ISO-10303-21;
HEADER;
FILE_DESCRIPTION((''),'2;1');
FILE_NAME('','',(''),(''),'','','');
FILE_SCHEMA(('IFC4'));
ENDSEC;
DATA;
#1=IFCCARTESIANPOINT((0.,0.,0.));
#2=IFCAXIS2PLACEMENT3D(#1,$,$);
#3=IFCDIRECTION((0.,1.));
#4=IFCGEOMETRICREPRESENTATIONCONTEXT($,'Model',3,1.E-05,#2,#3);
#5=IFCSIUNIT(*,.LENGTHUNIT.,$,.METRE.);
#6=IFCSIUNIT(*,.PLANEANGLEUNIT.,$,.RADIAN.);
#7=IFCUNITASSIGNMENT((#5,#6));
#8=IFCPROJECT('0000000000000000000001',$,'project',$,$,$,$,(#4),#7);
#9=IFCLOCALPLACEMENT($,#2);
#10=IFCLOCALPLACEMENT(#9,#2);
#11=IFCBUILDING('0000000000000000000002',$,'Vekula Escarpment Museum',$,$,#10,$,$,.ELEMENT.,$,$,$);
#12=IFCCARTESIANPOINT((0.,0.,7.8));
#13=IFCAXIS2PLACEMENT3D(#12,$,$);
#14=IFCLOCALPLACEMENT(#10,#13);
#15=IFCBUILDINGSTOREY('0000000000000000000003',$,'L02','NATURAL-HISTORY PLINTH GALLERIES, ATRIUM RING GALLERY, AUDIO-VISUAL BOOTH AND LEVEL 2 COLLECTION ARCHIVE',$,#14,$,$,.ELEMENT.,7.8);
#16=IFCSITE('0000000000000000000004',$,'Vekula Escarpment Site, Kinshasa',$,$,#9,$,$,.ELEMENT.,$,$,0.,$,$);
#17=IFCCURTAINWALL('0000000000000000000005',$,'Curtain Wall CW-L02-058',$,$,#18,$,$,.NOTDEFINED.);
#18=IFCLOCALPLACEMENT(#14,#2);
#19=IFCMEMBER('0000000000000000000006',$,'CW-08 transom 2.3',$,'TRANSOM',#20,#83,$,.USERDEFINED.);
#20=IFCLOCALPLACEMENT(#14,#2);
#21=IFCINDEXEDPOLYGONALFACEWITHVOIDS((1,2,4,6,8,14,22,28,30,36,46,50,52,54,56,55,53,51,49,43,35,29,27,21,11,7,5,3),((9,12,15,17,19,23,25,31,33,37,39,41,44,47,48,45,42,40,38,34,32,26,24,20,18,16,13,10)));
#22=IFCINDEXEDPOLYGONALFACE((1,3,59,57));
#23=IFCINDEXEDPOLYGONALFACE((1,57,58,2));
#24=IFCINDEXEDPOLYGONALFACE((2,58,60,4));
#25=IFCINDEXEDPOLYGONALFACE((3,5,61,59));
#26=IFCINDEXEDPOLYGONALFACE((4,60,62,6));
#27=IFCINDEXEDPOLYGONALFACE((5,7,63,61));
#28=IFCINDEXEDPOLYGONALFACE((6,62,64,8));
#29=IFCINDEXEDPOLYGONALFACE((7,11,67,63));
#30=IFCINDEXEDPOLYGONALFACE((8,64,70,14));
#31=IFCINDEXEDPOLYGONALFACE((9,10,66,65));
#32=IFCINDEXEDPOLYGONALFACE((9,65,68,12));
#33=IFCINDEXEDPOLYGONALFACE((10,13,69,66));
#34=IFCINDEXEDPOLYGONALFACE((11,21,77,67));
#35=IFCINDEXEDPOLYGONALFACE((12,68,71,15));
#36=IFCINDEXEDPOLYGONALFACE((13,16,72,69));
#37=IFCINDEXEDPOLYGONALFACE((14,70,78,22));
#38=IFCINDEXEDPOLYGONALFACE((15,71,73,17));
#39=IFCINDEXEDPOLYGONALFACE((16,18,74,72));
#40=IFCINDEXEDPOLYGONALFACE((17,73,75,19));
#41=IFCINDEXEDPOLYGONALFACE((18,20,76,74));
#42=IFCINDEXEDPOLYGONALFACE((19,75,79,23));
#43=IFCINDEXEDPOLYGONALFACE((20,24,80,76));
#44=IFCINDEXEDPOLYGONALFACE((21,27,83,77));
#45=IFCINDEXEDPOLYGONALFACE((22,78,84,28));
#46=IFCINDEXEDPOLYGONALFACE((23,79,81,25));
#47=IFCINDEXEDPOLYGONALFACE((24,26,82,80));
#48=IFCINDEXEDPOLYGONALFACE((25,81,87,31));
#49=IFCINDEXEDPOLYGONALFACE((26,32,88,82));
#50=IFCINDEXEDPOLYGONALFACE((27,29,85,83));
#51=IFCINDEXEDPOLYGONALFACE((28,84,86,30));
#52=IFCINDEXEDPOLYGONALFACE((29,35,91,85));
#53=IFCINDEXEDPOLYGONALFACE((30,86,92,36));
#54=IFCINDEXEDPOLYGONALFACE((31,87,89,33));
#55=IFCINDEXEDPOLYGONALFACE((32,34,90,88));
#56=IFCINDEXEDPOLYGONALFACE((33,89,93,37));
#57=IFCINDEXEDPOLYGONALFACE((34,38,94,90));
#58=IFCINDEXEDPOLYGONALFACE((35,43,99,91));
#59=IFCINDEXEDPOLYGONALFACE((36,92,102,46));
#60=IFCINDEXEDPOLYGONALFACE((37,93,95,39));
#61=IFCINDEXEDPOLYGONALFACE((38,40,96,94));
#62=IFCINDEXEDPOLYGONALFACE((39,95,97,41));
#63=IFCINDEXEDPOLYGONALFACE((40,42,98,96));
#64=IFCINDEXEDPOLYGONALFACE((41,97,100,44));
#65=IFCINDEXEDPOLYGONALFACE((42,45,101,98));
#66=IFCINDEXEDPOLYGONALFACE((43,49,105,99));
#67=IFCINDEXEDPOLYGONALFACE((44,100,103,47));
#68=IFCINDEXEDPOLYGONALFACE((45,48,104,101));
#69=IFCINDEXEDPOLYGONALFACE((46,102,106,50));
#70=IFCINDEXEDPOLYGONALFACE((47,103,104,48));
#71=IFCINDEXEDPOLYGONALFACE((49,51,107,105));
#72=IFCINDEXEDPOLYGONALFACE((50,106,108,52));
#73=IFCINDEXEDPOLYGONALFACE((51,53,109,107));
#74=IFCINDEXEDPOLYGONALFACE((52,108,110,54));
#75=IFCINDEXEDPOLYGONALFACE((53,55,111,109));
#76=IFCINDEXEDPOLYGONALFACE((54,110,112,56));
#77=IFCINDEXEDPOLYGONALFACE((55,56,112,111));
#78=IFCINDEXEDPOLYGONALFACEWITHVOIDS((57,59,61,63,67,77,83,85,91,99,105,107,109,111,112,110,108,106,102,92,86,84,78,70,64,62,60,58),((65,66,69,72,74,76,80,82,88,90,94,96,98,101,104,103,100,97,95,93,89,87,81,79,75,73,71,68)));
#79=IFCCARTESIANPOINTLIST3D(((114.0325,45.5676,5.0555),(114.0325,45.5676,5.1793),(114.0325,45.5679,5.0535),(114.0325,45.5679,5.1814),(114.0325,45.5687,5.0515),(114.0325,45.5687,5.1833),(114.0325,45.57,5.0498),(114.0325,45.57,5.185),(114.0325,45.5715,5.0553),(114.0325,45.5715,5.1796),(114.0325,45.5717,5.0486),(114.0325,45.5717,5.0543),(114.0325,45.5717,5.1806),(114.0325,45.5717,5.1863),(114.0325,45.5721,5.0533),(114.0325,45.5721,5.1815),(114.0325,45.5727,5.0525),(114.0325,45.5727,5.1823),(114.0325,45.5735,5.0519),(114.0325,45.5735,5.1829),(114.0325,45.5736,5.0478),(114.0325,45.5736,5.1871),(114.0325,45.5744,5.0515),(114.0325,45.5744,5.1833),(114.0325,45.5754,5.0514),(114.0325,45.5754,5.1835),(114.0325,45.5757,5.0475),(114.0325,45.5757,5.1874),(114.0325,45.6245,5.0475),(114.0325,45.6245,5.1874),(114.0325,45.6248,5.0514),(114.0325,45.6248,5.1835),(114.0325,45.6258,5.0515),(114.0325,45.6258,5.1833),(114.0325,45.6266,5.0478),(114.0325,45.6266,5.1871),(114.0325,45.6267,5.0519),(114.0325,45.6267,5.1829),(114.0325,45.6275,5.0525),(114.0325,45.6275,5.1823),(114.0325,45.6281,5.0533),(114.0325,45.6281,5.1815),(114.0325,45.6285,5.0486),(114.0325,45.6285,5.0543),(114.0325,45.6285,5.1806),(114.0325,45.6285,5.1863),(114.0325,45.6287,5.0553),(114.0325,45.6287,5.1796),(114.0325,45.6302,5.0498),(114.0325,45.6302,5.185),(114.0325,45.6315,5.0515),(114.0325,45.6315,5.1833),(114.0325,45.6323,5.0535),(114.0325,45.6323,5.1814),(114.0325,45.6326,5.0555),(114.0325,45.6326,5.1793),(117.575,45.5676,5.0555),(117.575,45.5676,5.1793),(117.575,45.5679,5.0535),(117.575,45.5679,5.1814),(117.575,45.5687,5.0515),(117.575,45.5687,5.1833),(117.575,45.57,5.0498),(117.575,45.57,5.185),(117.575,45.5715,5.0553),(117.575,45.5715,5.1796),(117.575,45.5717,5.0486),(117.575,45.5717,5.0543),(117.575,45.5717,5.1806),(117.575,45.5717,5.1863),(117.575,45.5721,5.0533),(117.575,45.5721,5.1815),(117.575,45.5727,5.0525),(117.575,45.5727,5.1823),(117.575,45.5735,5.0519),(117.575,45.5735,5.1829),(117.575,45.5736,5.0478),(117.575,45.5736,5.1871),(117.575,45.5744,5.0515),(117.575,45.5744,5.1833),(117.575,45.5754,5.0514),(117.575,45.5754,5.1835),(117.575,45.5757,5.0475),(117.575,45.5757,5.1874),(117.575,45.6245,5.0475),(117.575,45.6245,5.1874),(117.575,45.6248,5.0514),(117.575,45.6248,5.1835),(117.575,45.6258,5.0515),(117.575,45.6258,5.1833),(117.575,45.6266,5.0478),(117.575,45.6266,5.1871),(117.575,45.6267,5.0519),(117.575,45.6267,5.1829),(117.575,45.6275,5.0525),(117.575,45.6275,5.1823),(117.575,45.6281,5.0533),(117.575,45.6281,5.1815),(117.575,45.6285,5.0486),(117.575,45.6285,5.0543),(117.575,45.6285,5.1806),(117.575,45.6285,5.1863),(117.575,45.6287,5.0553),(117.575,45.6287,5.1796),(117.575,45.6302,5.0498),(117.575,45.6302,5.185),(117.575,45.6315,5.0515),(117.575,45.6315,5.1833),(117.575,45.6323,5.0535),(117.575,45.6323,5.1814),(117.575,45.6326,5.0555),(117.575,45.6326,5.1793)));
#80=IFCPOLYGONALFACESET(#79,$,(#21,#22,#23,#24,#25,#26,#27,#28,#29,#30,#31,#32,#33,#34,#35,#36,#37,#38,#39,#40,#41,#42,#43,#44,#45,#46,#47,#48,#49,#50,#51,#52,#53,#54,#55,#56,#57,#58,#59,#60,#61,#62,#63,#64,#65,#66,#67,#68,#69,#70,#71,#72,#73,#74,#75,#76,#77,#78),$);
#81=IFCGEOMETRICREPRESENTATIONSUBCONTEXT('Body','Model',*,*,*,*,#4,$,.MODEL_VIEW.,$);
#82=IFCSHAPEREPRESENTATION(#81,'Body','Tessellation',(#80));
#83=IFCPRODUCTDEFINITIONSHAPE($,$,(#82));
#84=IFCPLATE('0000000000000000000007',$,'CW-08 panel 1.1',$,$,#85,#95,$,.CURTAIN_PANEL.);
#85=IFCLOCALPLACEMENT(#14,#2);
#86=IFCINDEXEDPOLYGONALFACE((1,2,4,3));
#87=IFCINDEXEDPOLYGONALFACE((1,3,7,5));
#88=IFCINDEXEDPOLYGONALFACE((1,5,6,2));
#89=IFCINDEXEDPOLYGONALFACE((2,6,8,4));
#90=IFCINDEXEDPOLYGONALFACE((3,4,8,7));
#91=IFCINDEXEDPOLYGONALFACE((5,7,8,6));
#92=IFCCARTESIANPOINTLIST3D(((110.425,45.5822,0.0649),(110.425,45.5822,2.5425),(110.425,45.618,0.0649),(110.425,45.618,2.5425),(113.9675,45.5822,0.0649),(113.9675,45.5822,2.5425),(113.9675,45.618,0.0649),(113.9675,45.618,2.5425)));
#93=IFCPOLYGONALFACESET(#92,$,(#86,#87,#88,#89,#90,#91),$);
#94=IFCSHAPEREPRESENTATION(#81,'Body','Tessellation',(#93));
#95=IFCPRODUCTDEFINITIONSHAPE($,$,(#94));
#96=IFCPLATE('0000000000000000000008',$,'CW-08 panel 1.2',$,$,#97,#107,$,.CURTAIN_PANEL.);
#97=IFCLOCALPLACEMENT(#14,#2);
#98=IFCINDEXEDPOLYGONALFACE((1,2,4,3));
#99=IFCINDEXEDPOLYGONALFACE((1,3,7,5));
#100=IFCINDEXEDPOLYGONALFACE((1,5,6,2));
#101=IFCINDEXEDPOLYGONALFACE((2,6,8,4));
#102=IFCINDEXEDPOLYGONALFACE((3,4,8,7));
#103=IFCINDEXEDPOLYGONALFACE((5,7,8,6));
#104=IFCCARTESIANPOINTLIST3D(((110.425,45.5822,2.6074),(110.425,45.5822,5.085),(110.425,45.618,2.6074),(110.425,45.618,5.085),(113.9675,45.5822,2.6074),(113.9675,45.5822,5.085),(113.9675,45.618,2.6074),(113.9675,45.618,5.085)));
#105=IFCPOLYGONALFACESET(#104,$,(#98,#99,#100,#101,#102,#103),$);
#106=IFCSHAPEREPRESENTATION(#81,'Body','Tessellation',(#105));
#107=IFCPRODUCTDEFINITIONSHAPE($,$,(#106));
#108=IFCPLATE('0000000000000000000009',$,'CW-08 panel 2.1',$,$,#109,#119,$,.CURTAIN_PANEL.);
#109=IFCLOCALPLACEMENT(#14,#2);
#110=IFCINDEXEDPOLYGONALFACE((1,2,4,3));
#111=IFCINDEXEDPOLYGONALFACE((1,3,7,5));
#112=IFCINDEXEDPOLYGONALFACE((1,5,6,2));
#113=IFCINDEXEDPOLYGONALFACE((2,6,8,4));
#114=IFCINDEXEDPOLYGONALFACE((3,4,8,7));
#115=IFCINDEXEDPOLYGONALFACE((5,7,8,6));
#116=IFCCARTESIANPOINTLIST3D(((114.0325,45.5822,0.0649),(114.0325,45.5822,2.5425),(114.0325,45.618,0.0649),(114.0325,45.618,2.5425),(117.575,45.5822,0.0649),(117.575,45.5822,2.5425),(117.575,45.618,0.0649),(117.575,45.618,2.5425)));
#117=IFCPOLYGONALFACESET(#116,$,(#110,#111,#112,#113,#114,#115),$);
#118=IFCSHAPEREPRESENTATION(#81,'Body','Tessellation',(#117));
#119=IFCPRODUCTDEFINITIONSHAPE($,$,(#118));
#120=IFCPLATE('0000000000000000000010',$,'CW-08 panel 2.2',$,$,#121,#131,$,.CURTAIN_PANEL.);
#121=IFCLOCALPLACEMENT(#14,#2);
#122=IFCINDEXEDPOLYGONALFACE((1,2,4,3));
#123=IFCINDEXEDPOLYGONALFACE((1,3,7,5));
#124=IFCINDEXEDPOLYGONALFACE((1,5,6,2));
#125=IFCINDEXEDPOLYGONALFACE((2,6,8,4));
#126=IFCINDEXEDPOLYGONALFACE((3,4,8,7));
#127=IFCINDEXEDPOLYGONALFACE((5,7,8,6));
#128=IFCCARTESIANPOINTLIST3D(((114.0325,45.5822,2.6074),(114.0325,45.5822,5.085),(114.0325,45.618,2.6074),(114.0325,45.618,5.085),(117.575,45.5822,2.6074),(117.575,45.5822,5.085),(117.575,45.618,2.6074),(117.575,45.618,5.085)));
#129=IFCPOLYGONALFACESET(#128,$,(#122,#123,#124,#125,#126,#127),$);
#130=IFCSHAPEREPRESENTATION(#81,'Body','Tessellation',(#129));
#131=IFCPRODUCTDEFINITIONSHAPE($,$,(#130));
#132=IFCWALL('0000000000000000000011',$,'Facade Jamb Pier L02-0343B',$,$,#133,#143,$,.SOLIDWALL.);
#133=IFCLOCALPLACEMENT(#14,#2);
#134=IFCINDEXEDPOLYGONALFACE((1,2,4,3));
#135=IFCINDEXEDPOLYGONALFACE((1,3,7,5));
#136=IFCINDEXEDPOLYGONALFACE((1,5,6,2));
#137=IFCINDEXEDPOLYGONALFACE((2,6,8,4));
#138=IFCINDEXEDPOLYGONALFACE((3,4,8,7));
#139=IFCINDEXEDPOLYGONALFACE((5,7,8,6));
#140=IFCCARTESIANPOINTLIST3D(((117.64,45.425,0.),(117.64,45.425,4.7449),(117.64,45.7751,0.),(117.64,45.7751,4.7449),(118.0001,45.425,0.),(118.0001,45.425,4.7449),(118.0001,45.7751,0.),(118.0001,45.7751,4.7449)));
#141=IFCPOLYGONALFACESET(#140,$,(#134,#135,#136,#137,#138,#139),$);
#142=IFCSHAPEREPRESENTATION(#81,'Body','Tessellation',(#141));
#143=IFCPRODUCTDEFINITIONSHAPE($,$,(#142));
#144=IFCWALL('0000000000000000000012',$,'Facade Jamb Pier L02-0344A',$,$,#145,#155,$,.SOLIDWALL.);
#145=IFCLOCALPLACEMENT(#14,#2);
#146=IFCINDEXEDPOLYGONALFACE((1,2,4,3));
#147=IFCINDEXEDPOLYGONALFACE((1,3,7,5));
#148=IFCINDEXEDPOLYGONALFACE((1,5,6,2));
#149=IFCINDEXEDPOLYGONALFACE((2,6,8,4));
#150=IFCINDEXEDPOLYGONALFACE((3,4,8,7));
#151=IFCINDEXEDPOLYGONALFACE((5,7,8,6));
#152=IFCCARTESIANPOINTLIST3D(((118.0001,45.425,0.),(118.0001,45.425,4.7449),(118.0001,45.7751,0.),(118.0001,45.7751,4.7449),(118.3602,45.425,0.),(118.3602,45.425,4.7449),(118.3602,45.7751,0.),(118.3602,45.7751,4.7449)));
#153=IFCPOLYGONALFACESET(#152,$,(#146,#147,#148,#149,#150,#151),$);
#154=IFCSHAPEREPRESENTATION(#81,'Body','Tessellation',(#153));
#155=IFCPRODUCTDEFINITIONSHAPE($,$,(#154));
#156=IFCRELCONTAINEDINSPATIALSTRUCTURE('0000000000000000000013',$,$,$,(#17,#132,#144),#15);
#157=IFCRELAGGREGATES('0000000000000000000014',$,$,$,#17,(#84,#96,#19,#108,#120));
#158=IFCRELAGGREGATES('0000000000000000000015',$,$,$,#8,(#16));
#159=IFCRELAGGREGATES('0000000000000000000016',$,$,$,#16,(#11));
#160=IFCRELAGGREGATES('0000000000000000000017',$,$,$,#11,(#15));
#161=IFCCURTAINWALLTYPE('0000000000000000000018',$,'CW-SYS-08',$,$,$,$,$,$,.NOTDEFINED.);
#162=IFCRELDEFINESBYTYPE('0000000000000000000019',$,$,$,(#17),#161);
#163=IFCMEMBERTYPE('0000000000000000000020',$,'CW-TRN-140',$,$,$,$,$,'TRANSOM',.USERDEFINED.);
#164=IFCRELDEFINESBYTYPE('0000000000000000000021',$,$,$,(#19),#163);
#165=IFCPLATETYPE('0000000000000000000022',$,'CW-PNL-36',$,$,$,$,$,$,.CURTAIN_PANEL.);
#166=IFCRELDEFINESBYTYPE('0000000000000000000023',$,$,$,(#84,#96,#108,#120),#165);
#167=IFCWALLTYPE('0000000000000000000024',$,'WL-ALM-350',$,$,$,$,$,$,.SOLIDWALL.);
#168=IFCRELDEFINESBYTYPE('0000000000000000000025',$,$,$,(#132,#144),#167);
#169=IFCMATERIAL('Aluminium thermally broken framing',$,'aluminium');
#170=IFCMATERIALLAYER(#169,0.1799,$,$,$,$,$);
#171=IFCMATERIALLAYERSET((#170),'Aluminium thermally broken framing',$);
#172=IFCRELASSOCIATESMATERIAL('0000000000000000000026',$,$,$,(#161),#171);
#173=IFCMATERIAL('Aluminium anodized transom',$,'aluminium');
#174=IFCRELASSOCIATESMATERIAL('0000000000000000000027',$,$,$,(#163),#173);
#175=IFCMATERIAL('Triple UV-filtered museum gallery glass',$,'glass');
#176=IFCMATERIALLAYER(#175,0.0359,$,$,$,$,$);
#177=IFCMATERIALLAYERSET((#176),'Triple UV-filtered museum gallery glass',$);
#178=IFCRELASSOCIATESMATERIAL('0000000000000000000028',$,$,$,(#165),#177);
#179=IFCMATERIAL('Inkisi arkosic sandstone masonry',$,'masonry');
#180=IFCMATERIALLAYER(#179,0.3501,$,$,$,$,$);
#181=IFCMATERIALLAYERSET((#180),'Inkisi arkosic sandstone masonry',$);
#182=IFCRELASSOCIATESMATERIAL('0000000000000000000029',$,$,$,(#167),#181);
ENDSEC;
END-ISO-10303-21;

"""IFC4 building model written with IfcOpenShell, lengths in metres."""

from ifc_helpers import new_model, si_unit, direction, frame, frame_2d, origin, origin_2d, place, context, subcontext, project, spatial, rectangle, hollow_rectangle, extrude, material, layer, layer_set, material_profile, profile_set, type_object, element, aggregate, save


model = new_model("IFC4")

# Units and contexts
model_context = context("Model", 3, precision=1e-05, world=origin(), true_north=direction((0.0, 1.0)))
body_context = subcontext(model_context, "Body", "Model", "MODEL_VIEW")
ifc_project = project(units=[si_unit("LENGTHUNIT", "METRE"), si_unit("PLANEANGLEUNIT", "RADIAN")], contexts=[model_context])

# Site, building, storey
site_placement = place(None, origin())
site = spatial("IfcSite", under=ifc_project, at=site_placement, Name="Vekula Escarpment Site, Kinshasa", CompositionType="ELEMENT", RefElevation=0.0)
building_placement = place(site_placement, origin())
building = spatial("IfcBuilding", under=site, at=building_placement, Name="Vekula Escarpment Museum", CompositionType="ELEMENT")
storey_placement = place(building_placement, frame((0.0, 0.0, 7.8)))
storey = spatial("IfcBuildingStorey", under=building, at=storey_placement, Name="L02", Description="NATURAL-HISTORY PLINTH GALLERIES, ATRIUM RING GALLERY, AUDIO-VISUAL BOOTH AND LEVEL 2 COLLECTION ARCHIVE", CompositionType="ELEMENT", Elevation=7.8)

# Curtain wall, member, plates
ifc_material_1 = material(Name="Aluminium thermally broken framing", Category="aluminium")
ifc_layer_1 = layer(ifc_material_1, 0.1799)
ifc_layer_set_1 = layer_set([ifc_layer_1], Name="Aluminium thermally broken framing")
curtain_wall_type = type_object("IfcCurtainWallType", Name="CW-SYS-08", PredefinedType="NOTDEFINED", material=ifc_layer_set_1)
curtain_wall_placement = place(storey_placement, origin())
curtain_wall = element("IfcCurtainWall", 1, at=curtain_wall_placement, inside=storey, type_object=curtain_wall_type, Name="Curtain Wall CW-L02-058", PredefinedType="NOTDEFINED")
ifc_material_2 = material(Name="Aluminium anodized transom", Category="aluminium")
ifc_material_profile_1 = material_profile(ifc_material_2, hollow_rectangle(XDim=0.0649, YDim=0.1399, WallThickness=0.0039, InnerFilletRadius=0.0039, OuterFilletRadius=0.0081, at=origin_2d()), Name="ALU 140x65x4")
ifc_profile_set_1 = profile_set([ifc_material_profile_1], Name="Aluminium anodized transom")
member_type_1 = type_object("IfcMemberType", Name="CW-TRN-140", ElementType="TRANSOM", PredefinedType="USERDEFINED", material=ifc_profile_set_1)
member_1_placement = place(storey_placement, frame((114.0325, 45.6001, 5.1174), z_axis=(1.0, 0.0, 0.0), x_axis=(0.0, 1.0, 0.0)))
member_1 = element("IfcMember", 2, at=member_1_placement, type_object=member_type_1, Name="CW-08 transom 2.3", ObjectType="TRANSOM", PredefinedType="USERDEFINED", context=body_context, shape_type="SweptSolid", body=[
    extrude(hollow_rectangle(XDim=0.0649, YDim=0.1399, WallThickness=0.0039, InnerFilletRadius=0.0039, OuterFilletRadius=0.0081, at=origin_2d()), origin(), (0.0, 0.0, 1.0), 3.5425),
])
ifc_material_3 = material(Name="Triple UV-filtered museum gallery glass", Category="glass")
ifc_layer_2 = layer(ifc_material_3, 0.0359)
ifc_layer_set_2 = layer_set([ifc_layer_2], Name="Triple UV-filtered museum gallery glass")
plate_type = type_object("IfcPlateType", Name="CW-PNL-36", PredefinedType="CURTAIN_PANEL", material=ifc_layer_set_2)
plate_1_placement = place(storey_placement, frame((112.1963, 45.6001, 0.0649), z_axis=(0.0, 0.0, 1.0), x_axis=(1.0, 0.0, 0.0)))
plate_1 = element("IfcPlate", 3, at=plate_1_placement, type_object=plate_type, Name="CW-08 panel 1.1", PredefinedType="CURTAIN_PANEL", context=body_context, shape_type="SweptSolid", body=[
    extrude(rectangle(XDim=3.5425, YDim=0.0359, at=origin_2d()), origin(), (0.0, 0.0, 1.0), 2.4775),
])
plate_2_placement = place(storey_placement, frame((112.1963, 45.6001, 2.6074), z_axis=(0.0, 0.0, 1.0), x_axis=(1.0, 0.0, 0.0)))
plate_2 = element("IfcPlate", 4, at=plate_2_placement, type_object=plate_type, Name="CW-08 panel 1.2", PredefinedType="CURTAIN_PANEL", context=body_context, shape_type="SweptSolid", body=[
    extrude(rectangle(XDim=3.5425, YDim=0.0359, at=origin_2d()), origin(), (0.0, 0.0, 1.0), 2.4775),
])
plate_3_placement = place(storey_placement, frame((115.8037, 45.6001, 0.0649), z_axis=(0.0, 0.0, 1.0), x_axis=(1.0, 0.0, 0.0)))
plate_3 = element("IfcPlate", 5, at=plate_3_placement, type_object=plate_type, Name="CW-08 panel 2.1", PredefinedType="CURTAIN_PANEL", context=body_context, shape_type="SweptSolid", body=[
    extrude(rectangle(XDim=3.5425, YDim=0.0359, at=origin_2d()), origin(), (0.0, 0.0, 1.0), 2.4775),
])
plate_4_placement = place(storey_placement, frame((115.8037, 45.6001, 2.6074), z_axis=(0.0, 0.0, 1.0), x_axis=(1.0, 0.0, 0.0)))
plate_4 = element("IfcPlate", 6, at=plate_4_placement, type_object=plate_type, Name="CW-08 panel 2.2", PredefinedType="CURTAIN_PANEL", context=body_context, shape_type="SweptSolid", body=[
    extrude(rectangle(XDim=3.5425, YDim=0.0359, at=origin_2d()), origin(), (0.0, 0.0, 1.0), 2.4775),
])
aggregate(curtain_wall, [plate_1, plate_2, member_1, plate_3, plate_4])

# Walls
ifc_material_4 = material(Name="Inkisi arkosic sandstone masonry", Category="masonry")
ifc_layer_3 = layer(ifc_material_4, 0.3501)
ifc_layer_set_3 = layer_set([ifc_layer_3], Name="Inkisi arkosic sandstone masonry")
wall_type = type_object("IfcWallType", Name="WL-ALM-350", PredefinedType="SOLIDWALL", material=ifc_layer_set_3)
for number, where, z_axis, x_axis, name in (
    (7, (117.6399, 45.6001, 0.0), (0.0, 0.0, 1.0), (1.0, 0.0, 0.0), "Facade Jamb Pier L02-0343B"),
    (8, (118.0, 45.6001, 0.0), (0.0, 0.0, 1.0), (1.0, 0.0, 0.0), "Facade Jamb Pier L02-0344A"),
):
    element("IfcWall", number, at=place(storey_placement, frame(where, z_axis=z_axis, x_axis=x_axis)), inside=storey, type_object=wall_type, Name=name, PredefinedType="SOLIDWALL", context=body_context, shape_type="SweptSolid", body=[
        extrude(rectangle(XDim=0.3601, YDim=0.3501, at=frame_2d((0.1802, 0.0))), origin(), (0.0, 0.0, 1.0), 4.7449),
    ])

save(model, "model.ifc")
